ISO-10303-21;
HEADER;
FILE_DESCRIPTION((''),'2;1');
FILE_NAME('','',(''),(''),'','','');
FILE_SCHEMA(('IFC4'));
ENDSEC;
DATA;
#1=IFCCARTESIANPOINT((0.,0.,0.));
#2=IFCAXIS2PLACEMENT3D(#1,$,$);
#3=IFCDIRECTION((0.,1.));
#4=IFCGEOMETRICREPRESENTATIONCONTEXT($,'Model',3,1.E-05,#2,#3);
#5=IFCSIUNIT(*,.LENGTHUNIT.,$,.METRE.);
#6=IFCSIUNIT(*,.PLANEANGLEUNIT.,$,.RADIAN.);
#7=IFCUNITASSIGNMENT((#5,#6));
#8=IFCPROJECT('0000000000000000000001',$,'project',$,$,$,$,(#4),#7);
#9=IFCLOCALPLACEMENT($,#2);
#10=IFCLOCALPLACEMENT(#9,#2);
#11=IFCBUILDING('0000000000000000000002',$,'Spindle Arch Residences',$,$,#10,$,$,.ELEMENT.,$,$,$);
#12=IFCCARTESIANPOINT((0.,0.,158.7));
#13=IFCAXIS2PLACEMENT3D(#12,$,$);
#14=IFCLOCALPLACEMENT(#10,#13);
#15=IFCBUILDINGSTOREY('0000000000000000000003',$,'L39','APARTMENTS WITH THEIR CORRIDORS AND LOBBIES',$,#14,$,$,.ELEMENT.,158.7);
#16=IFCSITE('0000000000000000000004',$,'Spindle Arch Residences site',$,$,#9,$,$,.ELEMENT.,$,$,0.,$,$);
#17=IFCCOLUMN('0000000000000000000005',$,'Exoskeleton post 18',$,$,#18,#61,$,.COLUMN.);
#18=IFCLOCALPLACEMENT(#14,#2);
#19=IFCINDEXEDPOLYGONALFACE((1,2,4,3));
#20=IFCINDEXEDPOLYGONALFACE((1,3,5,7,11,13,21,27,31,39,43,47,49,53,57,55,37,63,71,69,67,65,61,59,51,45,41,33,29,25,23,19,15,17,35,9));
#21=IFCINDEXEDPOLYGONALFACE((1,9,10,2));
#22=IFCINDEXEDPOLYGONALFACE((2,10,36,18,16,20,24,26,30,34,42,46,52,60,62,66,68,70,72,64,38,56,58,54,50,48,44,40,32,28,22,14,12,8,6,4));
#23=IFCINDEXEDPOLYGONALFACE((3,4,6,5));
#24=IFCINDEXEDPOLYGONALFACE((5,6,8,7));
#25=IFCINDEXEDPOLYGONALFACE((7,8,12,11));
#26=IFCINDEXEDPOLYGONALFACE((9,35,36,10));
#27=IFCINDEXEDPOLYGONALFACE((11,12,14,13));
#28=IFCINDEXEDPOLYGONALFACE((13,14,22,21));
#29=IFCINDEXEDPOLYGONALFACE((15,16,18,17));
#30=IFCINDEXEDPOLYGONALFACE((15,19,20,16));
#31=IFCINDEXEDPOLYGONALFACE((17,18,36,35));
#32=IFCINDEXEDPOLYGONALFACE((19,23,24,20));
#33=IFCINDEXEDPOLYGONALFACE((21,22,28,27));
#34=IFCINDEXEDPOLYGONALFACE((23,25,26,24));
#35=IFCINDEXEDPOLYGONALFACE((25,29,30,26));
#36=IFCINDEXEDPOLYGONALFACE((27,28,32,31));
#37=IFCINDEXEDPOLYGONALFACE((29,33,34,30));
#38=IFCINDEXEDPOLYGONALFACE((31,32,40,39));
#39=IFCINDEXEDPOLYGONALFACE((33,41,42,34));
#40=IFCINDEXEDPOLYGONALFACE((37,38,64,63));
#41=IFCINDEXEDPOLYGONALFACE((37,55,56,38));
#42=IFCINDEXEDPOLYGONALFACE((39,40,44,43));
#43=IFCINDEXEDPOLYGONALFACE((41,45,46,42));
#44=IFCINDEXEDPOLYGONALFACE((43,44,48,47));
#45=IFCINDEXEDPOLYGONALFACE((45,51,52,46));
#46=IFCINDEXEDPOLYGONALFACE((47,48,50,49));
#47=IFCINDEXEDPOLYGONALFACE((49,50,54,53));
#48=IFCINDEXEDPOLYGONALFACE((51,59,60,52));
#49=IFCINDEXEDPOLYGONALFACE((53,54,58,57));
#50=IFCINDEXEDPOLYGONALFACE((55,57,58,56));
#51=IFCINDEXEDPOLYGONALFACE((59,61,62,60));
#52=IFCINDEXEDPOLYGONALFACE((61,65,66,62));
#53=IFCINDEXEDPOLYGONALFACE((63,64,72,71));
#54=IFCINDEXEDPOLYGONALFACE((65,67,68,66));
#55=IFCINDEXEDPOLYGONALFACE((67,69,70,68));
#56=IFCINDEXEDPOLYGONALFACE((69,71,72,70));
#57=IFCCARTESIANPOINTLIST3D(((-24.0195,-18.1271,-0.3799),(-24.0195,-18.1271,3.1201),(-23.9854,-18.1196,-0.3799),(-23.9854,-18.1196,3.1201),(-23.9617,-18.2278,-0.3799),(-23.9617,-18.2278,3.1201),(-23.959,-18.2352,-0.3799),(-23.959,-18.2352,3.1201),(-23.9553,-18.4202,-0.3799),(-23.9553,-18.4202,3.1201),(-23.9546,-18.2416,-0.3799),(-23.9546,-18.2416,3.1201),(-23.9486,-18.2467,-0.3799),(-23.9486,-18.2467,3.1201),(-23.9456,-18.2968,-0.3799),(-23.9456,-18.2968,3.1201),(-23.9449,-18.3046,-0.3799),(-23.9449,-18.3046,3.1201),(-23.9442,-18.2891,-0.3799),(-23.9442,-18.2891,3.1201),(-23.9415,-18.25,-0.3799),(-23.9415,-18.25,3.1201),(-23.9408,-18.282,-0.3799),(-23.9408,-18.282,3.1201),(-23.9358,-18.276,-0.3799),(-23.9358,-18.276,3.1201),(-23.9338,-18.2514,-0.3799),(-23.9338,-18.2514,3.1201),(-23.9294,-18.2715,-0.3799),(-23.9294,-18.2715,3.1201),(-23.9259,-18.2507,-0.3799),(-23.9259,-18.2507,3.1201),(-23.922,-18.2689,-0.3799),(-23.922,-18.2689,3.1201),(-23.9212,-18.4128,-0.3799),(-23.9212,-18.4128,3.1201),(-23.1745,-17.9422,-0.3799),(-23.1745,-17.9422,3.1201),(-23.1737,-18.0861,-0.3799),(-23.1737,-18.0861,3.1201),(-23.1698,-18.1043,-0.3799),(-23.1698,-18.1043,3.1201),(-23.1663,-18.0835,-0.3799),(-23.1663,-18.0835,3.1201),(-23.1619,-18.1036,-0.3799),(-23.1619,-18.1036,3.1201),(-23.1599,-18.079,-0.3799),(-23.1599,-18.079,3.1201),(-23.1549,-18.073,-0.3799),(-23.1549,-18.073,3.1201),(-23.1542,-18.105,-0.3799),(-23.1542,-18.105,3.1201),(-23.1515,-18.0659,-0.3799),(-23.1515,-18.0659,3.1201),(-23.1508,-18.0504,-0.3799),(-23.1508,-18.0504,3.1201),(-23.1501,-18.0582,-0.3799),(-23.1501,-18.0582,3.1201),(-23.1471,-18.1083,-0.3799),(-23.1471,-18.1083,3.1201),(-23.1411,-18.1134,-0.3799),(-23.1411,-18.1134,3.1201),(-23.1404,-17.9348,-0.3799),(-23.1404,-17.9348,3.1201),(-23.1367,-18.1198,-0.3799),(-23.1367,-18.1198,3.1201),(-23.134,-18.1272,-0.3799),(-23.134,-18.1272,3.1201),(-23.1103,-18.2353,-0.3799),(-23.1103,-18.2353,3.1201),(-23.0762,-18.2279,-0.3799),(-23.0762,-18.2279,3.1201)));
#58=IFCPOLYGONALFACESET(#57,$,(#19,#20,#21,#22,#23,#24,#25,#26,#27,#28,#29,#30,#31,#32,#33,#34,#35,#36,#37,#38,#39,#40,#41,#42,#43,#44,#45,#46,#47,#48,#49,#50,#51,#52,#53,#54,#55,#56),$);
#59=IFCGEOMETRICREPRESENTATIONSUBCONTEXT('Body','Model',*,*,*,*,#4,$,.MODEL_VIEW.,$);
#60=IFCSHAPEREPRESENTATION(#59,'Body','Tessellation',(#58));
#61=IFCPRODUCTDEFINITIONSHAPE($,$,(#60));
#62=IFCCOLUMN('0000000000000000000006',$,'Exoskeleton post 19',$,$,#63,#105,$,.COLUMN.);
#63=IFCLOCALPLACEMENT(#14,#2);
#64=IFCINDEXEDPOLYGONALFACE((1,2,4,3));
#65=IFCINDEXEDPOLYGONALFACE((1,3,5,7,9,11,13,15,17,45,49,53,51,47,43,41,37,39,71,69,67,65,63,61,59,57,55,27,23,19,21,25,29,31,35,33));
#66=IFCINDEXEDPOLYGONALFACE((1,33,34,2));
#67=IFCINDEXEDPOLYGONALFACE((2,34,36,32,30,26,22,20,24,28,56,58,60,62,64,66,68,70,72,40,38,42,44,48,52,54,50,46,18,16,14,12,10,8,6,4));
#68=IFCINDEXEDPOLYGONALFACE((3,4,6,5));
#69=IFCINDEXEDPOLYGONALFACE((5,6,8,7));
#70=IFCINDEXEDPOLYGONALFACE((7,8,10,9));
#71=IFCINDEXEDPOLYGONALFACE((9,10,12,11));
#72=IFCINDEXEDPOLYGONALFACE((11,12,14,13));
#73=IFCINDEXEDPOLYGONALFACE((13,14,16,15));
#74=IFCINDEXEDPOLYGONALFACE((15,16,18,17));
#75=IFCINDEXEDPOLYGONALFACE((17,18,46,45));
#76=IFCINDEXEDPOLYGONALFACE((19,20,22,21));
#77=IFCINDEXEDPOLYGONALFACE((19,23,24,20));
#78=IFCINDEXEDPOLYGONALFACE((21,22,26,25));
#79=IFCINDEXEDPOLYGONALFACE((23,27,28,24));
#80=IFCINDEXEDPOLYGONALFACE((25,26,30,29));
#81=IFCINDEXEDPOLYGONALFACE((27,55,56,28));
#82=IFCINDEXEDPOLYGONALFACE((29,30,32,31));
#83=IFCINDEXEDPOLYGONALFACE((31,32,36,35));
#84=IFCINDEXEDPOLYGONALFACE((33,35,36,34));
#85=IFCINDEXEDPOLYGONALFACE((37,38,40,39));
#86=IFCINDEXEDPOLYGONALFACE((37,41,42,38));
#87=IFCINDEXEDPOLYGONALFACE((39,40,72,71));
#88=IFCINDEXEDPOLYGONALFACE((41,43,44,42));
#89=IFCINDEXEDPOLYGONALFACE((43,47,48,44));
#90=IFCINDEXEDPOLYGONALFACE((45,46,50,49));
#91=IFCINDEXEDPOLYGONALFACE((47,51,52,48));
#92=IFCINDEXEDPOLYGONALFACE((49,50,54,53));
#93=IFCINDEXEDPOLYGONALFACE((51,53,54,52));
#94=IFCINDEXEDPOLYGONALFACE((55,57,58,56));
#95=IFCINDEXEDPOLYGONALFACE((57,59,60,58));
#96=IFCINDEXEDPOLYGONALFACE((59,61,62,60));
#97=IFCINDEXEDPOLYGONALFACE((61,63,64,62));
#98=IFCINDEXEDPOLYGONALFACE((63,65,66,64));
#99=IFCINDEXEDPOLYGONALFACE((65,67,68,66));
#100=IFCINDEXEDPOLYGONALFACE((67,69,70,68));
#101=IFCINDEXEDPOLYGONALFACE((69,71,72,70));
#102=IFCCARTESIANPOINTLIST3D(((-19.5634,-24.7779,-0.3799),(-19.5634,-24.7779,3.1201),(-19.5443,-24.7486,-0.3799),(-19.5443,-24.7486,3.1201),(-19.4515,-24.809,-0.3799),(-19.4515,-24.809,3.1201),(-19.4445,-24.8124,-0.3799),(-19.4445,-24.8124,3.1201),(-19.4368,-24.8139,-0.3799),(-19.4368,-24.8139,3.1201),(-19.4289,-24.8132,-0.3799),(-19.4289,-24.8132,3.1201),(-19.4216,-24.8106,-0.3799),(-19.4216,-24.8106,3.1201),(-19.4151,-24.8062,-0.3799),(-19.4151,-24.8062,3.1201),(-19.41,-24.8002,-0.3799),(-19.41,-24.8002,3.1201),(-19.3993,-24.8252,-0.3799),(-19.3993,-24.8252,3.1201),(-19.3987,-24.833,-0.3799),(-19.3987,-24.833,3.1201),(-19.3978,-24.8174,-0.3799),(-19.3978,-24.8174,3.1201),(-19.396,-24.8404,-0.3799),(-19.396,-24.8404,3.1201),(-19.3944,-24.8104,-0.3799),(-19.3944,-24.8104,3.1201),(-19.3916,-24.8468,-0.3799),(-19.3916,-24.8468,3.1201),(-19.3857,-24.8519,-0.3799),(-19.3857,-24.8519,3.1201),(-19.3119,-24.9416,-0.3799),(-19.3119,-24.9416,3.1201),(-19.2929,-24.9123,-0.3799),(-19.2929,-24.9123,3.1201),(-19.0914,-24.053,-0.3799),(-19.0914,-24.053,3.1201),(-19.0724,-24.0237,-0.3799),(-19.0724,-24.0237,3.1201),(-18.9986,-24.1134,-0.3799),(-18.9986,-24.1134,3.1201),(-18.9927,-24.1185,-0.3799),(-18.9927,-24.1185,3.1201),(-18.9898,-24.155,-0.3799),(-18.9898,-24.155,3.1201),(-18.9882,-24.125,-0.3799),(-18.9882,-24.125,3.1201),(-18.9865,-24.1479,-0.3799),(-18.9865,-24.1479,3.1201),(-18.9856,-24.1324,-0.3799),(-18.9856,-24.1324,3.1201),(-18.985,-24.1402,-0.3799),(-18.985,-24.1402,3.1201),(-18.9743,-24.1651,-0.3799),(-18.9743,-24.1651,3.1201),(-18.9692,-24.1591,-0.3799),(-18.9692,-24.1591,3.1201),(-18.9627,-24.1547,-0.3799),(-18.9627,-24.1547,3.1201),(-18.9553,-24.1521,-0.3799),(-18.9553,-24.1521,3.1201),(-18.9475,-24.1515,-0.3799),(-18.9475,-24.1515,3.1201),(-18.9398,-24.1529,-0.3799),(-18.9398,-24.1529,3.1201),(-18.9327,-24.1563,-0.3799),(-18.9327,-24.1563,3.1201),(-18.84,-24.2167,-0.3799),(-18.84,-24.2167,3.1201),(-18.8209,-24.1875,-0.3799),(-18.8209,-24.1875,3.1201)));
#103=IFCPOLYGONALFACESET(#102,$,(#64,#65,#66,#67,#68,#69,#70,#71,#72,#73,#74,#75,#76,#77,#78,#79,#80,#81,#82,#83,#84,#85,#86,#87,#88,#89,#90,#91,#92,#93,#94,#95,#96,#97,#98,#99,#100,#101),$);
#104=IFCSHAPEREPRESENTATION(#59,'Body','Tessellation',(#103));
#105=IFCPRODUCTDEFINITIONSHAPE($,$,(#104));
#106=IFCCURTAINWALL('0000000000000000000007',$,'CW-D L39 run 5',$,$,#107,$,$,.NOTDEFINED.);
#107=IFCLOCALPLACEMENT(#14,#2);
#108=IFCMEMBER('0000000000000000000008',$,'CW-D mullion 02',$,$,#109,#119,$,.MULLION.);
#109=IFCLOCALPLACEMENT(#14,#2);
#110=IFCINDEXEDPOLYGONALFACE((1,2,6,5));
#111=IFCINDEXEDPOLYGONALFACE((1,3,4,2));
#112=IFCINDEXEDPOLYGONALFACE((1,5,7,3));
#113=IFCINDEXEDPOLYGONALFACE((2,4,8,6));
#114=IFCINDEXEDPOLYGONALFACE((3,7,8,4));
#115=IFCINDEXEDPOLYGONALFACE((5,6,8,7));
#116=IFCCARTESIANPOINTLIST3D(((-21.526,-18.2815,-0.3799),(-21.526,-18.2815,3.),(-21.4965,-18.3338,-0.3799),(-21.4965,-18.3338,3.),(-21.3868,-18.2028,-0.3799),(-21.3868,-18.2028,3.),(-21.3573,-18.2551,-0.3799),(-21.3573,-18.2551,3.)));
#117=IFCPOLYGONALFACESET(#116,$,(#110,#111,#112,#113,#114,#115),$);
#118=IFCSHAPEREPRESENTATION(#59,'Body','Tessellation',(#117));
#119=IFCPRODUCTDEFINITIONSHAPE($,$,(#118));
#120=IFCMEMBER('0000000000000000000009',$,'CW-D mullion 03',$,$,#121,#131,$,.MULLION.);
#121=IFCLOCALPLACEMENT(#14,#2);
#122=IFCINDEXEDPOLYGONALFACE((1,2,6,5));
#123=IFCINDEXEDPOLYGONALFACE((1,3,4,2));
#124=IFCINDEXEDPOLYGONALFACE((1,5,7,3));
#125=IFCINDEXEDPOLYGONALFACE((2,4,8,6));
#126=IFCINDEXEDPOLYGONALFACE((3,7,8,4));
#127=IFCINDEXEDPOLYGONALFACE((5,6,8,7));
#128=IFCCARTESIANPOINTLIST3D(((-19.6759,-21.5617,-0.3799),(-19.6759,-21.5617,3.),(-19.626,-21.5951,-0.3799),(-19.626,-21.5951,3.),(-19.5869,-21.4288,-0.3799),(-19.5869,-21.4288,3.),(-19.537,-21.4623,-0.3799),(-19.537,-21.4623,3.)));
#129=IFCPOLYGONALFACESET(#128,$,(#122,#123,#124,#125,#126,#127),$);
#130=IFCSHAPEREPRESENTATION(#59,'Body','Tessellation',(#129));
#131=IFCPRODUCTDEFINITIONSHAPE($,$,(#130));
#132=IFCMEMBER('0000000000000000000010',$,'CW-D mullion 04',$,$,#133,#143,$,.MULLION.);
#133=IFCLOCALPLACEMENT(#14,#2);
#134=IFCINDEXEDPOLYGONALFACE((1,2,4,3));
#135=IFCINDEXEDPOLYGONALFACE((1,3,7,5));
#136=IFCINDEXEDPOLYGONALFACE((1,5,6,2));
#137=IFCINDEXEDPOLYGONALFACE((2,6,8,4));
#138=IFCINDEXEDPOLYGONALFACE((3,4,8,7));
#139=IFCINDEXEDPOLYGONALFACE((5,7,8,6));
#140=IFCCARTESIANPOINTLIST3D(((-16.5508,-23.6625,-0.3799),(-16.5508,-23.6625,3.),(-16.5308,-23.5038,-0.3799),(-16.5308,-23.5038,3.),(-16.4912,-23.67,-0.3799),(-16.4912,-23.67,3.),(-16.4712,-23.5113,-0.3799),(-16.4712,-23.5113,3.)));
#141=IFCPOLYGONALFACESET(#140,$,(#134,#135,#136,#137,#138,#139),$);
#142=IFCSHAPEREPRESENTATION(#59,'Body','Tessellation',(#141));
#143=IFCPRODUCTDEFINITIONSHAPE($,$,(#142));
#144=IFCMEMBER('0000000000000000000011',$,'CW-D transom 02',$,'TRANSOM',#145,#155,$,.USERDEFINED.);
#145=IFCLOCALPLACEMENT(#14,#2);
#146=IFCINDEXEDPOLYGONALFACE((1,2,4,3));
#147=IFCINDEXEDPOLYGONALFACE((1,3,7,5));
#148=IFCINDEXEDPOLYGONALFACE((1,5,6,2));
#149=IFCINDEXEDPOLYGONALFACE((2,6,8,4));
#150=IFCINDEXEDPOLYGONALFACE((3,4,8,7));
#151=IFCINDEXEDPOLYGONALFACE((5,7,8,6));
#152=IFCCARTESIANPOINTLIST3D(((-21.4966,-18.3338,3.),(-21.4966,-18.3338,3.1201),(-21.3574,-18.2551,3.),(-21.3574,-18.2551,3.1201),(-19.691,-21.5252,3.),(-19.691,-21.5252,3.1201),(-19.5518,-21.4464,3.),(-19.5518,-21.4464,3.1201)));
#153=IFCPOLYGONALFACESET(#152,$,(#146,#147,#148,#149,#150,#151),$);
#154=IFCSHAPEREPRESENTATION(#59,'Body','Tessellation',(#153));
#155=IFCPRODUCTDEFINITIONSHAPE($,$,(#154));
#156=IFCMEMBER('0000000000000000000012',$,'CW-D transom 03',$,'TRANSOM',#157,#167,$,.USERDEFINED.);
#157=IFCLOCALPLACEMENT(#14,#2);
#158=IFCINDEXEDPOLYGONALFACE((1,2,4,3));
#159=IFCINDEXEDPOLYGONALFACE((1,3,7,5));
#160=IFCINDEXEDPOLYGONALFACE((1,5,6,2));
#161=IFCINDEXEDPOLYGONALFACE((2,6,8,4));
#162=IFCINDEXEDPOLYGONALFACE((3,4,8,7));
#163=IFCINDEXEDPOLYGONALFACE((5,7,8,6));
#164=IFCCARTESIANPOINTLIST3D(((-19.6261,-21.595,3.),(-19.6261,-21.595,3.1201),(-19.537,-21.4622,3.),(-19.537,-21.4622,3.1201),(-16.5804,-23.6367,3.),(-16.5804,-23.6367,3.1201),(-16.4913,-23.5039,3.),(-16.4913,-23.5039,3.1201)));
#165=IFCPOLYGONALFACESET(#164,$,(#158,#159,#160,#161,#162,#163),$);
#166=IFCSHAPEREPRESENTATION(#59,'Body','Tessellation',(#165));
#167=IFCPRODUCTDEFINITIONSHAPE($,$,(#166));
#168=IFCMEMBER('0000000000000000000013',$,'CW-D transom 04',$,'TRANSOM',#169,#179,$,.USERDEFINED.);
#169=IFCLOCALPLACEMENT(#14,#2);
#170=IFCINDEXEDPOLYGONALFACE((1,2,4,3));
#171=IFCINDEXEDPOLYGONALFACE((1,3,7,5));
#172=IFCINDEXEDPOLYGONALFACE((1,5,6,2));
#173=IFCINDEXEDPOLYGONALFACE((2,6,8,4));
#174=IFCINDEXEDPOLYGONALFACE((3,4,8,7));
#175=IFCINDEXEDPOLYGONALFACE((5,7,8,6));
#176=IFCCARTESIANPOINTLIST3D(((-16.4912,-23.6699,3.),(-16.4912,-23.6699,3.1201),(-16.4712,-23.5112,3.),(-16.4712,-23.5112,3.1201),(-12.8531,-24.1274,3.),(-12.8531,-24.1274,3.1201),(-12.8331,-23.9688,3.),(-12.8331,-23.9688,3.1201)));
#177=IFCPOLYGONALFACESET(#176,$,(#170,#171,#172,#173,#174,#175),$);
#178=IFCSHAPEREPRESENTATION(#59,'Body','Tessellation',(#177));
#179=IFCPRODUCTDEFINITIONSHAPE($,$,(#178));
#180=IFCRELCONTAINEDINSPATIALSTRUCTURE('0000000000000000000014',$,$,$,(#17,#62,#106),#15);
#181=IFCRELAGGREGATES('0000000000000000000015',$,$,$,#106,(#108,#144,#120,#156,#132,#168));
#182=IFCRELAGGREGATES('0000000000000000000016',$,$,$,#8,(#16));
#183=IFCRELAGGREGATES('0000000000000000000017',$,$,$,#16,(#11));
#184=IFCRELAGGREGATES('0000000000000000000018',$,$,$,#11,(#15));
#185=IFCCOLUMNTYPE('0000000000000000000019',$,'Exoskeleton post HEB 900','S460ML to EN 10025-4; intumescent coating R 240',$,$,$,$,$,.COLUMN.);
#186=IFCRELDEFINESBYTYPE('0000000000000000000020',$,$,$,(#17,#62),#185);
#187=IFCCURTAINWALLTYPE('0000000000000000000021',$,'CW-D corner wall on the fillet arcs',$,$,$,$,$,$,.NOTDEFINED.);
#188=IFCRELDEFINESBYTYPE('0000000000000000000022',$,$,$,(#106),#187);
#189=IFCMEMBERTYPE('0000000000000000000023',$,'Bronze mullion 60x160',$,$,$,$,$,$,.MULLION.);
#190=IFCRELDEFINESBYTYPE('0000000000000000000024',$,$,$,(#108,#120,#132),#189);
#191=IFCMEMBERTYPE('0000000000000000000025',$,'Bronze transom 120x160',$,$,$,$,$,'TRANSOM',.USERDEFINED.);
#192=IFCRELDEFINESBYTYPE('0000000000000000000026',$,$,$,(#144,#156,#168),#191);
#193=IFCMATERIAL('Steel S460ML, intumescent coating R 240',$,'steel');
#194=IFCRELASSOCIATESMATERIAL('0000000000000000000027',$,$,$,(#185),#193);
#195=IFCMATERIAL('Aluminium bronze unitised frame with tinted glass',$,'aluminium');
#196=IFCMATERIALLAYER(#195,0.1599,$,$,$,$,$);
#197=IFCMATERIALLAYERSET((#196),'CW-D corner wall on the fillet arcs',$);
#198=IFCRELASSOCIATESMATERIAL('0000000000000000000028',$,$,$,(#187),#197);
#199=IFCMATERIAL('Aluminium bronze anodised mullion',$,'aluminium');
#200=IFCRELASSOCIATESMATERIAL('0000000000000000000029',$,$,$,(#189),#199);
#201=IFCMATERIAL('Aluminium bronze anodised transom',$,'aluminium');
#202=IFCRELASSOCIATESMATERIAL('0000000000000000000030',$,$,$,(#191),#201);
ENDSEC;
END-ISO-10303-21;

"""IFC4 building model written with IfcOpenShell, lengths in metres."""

from ifc_helpers import new_model, si_unit, direction, frame, origin, origin_2d, place, context, subcontext, project, spatial, rectangle, i_section, extrude, material, layer, layer_set, material_profile, profile_set, type_object, element, aggregate, save


model = new_model("IFC4")

# Units and contexts
model_context = context("Model", 3, precision=1e-05, world=origin(), true_north=direction((0.0, 1.0)))
body_context = subcontext(model_context, "Body", "Model", "MODEL_VIEW")
ifc_project = project(units=[si_unit("LENGTHUNIT", "METRE"), si_unit("PLANEANGLEUNIT", "RADIAN")], contexts=[model_context])

# Site, building, storey
site_placement = place(None, origin())
site = spatial("IfcSite", under=ifc_project, at=site_placement, Name="Spindle Arch Residences site", CompositionType="ELEMENT", RefElevation=0.0)
building_placement = place(site_placement, origin())
building = spatial("IfcBuilding", under=site, at=building_placement, Name="Spindle Arch Residences", CompositionType="ELEMENT")
storey_placement = place(building_placement, frame((0.0, 0.0, 158.7)))
storey = spatial("IfcBuildingStorey", under=building, at=storey_placement, Name="L39", Description="APARTMENTS WITH THEIR CORRIDORS AND LOBBIES", CompositionType="ELEMENT", Elevation=158.7)

# Columns
ifc_material_1 = material(Name="Steel S460ML, intumescent coating R 240", Category="steel")
ifc_material_profile_1 = material_profile(ifc_material_1, i_section(OverallWidth=0.3, OverallDepth=0.8999, WebThickness=0.0186, FlangeThickness=0.0349, FilletRadius=0.03, at=origin_2d()), Name="HEB 900")
ifc_profile_set_1 = profile_set([ifc_material_profile_1], Name="Steel S460ML, intumescent coating R 240")
column_type = type_object("IfcColumnType", Name="Exoskeleton post HEB 900", Description="S460ML to EN 10025-4; intumescent coating R 240", PredefinedType="COLUMN", material=ifc_profile_set_1)
for number, where, z_axis, x_axis, name in (
    (1, (-23.5479, -18.1775, -0.3799), (0.0, 0.0, 1.0), (-0.213754, 0.976887, 0.0), "Exoskeleton post 18"),
    (2, (-19.1921, -24.4827, -0.3799), (0.0, 0.0, 1.0), (-0.838019, 0.545641, 0.0), "Exoskeleton post 19"),
):
    element("IfcColumn", number, at=place(storey_placement, frame(where, z_axis=z_axis, x_axis=x_axis)), inside=storey, type_object=column_type, Name=name, PredefinedType="COLUMN", context=body_context, shape_type="SweptSolid", body=[
        extrude(i_section(OverallWidth=0.3, OverallDepth=0.8999, WebThickness=0.0186, FlangeThickness=0.0349, FilletRadius=0.03, at=origin_2d()), origin(), (0.0, 0.0, 1.0), 3.5),
    ])

# Curtain wall, members
ifc_material_2 = material(Name="Aluminium bronze unitised frame with tinted glass", Category="aluminium")
ifc_layer_1 = layer(ifc_material_2, 0.1599)
ifc_layer_set_1 = layer_set([ifc_layer_1], Name="CW-D corner wall on the fillet arcs")
curtain_wall_type = type_object("IfcCurtainWallType", Name="CW-D corner wall on the fillet arcs", PredefinedType="NOTDEFINED", material=ifc_layer_set_1)
curtain_wall_placement = place(storey_placement, origin())
curtain_wall = element("IfcCurtainWall", 3, at=curtain_wall_placement, inside=storey, type_object=curtain_wall_type, Name="CW-D L39 run 5", PredefinedType="NOTDEFINED")
ifc_material_3 = material(Name="Aluminium bronze anodised mullion", Category="aluminium")
ifc_material_profile_2 = material_profile(ifc_material_3, rectangle(XDim=0.1599, YDim=0.0601, at=origin_2d()), Name="MU 60x160")
ifc_profile_set_2 = profile_set([ifc_material_profile_2], Name="Aluminium bronze anodised mullion")
member_type_1 = type_object("IfcMemberType", Name="Bronze mullion 60x160", PredefinedType="MULLION", material=ifc_profile_set_2)
member_1_placement = place(storey_placement, frame((-21.4417, -18.2683, -0.3799), z_axis=(0.0, 0.0, 1.0), x_axis=(0.870356, 0.492424, 0.0)))
member_1 = element("IfcMember", 4, at=member_1_placement, type_object=member_type_1, Name="CW-D mullion 02", PredefinedType="MULLION", context=body_context, shape_type="SweptSolid", body=[
    extrude(rectangle(XDim=0.1599, YDim=0.0601, at=origin_2d()), origin(), (0.0, 0.0, 1.0), 3.3799),
])
member_2_placement = place(storey_placement, frame((-19.6064, -21.512, -0.3799), z_axis=(0.0, 0.0, 1.0), x_axis=(0.556779, 0.830661, 0.0)))
member_2 = element("IfcMember", 5, at=member_2_placement, type_object=member_type_1, Name="CW-D mullion 03", PredefinedType="MULLION", context=body_context, shape_type="SweptSolid", body=[
    extrude(rectangle(XDim=0.1599, YDim=0.0601, at=origin_2d()), origin(), (0.0, 0.0, 1.0), 3.3799),
])
member_3_placement = place(storey_placement, frame((-16.511, -23.5869, -0.3799), z_axis=(0.0, 0.0, 1.0), x_axis=(0.124756, 0.992187, 0.0)))
member_3 = element("IfcMember", 6, at=member_3_placement, type_object=member_type_1, Name="CW-D mullion 04", PredefinedType="MULLION", context=body_context, shape_type="SweptSolid", body=[
    extrude(rectangle(XDim=0.1599, YDim=0.0601, at=origin_2d()), origin(), (0.0, 0.0, 1.0), 3.3799),
])
ifc_material_4 = material(Name="Aluminium bronze anodised transom", Category="aluminium")
ifc_material_profile_3 = material_profile(ifc_material_4, rectangle(XDim=0.1599, YDim=0.1201, at=origin_2d()), Name="TR 120x160")
ifc_profile_set_3 = profile_set([ifc_material_profile_3], Name="Aluminium bronze anodised transom")
member_type_2 = type_object("IfcMemberType", Name="Bronze transom 120x160", ElementType="TRANSOM", PredefinedType="USERDEFINED", material=ifc_profile_set_3)
member_4_placement = place(storey_placement, frame((-21.427, -18.2944, 3.0601), z_axis=(0.492435, -0.870349, 0.0), x_axis=(0.870349, 0.492435, 0.0)))
member_4 = element("IfcMember", 7, at=member_4_placement, type_object=member_type_2, Name="CW-D transom 02", ObjectType="TRANSOM", PredefinedType="USERDEFINED", context=body_context, shape_type="SweptSolid", body=[
    extrude(rectangle(XDim=0.1599, YDim=0.1201, at=origin_2d()), origin(), (0.0, 0.0, 1.0), 3.6667),
])
member_5_placement = place(storey_placement, frame((-19.5815, -21.5286, 3.0601), z_axis=(0.830624, -0.556834, 0.0), x_axis=(0.556834, 0.830624, 0.0)))
member_5 = element("IfcMember", 8, at=member_5_placement, type_object=member_type_2, Name="CW-D transom 03", ObjectType="TRANSOM", PredefinedType="USERDEFINED", context=body_context, shape_type="SweptSolid", body=[
    extrude(rectangle(XDim=0.1599, YDim=0.1201, at=origin_2d()), origin(), (0.0, 0.0, 1.0), 3.6667),
])
member_6_placement = place(storey_placement, frame((-16.4812, -23.5906, 3.0601), z_axis=(0.992185, -0.124772, 0.0), x_axis=(0.124772, 0.992185, 0.0)))
member_6 = element("IfcMember", 9, at=member_6_placement, type_object=member_type_2, Name="CW-D transom 04", ObjectType="TRANSOM", PredefinedType="USERDEFINED", context=body_context, shape_type="SweptSolid", body=[
    extrude(rectangle(XDim=0.1599, YDim=0.1201, at=origin_2d()), origin(), (0.0, 0.0, 1.0), 3.6667),
])

aggregate(curtain_wall, [member_1, member_4, member_2, member_5, member_3, member_6])

save(model, "model.ifc")
